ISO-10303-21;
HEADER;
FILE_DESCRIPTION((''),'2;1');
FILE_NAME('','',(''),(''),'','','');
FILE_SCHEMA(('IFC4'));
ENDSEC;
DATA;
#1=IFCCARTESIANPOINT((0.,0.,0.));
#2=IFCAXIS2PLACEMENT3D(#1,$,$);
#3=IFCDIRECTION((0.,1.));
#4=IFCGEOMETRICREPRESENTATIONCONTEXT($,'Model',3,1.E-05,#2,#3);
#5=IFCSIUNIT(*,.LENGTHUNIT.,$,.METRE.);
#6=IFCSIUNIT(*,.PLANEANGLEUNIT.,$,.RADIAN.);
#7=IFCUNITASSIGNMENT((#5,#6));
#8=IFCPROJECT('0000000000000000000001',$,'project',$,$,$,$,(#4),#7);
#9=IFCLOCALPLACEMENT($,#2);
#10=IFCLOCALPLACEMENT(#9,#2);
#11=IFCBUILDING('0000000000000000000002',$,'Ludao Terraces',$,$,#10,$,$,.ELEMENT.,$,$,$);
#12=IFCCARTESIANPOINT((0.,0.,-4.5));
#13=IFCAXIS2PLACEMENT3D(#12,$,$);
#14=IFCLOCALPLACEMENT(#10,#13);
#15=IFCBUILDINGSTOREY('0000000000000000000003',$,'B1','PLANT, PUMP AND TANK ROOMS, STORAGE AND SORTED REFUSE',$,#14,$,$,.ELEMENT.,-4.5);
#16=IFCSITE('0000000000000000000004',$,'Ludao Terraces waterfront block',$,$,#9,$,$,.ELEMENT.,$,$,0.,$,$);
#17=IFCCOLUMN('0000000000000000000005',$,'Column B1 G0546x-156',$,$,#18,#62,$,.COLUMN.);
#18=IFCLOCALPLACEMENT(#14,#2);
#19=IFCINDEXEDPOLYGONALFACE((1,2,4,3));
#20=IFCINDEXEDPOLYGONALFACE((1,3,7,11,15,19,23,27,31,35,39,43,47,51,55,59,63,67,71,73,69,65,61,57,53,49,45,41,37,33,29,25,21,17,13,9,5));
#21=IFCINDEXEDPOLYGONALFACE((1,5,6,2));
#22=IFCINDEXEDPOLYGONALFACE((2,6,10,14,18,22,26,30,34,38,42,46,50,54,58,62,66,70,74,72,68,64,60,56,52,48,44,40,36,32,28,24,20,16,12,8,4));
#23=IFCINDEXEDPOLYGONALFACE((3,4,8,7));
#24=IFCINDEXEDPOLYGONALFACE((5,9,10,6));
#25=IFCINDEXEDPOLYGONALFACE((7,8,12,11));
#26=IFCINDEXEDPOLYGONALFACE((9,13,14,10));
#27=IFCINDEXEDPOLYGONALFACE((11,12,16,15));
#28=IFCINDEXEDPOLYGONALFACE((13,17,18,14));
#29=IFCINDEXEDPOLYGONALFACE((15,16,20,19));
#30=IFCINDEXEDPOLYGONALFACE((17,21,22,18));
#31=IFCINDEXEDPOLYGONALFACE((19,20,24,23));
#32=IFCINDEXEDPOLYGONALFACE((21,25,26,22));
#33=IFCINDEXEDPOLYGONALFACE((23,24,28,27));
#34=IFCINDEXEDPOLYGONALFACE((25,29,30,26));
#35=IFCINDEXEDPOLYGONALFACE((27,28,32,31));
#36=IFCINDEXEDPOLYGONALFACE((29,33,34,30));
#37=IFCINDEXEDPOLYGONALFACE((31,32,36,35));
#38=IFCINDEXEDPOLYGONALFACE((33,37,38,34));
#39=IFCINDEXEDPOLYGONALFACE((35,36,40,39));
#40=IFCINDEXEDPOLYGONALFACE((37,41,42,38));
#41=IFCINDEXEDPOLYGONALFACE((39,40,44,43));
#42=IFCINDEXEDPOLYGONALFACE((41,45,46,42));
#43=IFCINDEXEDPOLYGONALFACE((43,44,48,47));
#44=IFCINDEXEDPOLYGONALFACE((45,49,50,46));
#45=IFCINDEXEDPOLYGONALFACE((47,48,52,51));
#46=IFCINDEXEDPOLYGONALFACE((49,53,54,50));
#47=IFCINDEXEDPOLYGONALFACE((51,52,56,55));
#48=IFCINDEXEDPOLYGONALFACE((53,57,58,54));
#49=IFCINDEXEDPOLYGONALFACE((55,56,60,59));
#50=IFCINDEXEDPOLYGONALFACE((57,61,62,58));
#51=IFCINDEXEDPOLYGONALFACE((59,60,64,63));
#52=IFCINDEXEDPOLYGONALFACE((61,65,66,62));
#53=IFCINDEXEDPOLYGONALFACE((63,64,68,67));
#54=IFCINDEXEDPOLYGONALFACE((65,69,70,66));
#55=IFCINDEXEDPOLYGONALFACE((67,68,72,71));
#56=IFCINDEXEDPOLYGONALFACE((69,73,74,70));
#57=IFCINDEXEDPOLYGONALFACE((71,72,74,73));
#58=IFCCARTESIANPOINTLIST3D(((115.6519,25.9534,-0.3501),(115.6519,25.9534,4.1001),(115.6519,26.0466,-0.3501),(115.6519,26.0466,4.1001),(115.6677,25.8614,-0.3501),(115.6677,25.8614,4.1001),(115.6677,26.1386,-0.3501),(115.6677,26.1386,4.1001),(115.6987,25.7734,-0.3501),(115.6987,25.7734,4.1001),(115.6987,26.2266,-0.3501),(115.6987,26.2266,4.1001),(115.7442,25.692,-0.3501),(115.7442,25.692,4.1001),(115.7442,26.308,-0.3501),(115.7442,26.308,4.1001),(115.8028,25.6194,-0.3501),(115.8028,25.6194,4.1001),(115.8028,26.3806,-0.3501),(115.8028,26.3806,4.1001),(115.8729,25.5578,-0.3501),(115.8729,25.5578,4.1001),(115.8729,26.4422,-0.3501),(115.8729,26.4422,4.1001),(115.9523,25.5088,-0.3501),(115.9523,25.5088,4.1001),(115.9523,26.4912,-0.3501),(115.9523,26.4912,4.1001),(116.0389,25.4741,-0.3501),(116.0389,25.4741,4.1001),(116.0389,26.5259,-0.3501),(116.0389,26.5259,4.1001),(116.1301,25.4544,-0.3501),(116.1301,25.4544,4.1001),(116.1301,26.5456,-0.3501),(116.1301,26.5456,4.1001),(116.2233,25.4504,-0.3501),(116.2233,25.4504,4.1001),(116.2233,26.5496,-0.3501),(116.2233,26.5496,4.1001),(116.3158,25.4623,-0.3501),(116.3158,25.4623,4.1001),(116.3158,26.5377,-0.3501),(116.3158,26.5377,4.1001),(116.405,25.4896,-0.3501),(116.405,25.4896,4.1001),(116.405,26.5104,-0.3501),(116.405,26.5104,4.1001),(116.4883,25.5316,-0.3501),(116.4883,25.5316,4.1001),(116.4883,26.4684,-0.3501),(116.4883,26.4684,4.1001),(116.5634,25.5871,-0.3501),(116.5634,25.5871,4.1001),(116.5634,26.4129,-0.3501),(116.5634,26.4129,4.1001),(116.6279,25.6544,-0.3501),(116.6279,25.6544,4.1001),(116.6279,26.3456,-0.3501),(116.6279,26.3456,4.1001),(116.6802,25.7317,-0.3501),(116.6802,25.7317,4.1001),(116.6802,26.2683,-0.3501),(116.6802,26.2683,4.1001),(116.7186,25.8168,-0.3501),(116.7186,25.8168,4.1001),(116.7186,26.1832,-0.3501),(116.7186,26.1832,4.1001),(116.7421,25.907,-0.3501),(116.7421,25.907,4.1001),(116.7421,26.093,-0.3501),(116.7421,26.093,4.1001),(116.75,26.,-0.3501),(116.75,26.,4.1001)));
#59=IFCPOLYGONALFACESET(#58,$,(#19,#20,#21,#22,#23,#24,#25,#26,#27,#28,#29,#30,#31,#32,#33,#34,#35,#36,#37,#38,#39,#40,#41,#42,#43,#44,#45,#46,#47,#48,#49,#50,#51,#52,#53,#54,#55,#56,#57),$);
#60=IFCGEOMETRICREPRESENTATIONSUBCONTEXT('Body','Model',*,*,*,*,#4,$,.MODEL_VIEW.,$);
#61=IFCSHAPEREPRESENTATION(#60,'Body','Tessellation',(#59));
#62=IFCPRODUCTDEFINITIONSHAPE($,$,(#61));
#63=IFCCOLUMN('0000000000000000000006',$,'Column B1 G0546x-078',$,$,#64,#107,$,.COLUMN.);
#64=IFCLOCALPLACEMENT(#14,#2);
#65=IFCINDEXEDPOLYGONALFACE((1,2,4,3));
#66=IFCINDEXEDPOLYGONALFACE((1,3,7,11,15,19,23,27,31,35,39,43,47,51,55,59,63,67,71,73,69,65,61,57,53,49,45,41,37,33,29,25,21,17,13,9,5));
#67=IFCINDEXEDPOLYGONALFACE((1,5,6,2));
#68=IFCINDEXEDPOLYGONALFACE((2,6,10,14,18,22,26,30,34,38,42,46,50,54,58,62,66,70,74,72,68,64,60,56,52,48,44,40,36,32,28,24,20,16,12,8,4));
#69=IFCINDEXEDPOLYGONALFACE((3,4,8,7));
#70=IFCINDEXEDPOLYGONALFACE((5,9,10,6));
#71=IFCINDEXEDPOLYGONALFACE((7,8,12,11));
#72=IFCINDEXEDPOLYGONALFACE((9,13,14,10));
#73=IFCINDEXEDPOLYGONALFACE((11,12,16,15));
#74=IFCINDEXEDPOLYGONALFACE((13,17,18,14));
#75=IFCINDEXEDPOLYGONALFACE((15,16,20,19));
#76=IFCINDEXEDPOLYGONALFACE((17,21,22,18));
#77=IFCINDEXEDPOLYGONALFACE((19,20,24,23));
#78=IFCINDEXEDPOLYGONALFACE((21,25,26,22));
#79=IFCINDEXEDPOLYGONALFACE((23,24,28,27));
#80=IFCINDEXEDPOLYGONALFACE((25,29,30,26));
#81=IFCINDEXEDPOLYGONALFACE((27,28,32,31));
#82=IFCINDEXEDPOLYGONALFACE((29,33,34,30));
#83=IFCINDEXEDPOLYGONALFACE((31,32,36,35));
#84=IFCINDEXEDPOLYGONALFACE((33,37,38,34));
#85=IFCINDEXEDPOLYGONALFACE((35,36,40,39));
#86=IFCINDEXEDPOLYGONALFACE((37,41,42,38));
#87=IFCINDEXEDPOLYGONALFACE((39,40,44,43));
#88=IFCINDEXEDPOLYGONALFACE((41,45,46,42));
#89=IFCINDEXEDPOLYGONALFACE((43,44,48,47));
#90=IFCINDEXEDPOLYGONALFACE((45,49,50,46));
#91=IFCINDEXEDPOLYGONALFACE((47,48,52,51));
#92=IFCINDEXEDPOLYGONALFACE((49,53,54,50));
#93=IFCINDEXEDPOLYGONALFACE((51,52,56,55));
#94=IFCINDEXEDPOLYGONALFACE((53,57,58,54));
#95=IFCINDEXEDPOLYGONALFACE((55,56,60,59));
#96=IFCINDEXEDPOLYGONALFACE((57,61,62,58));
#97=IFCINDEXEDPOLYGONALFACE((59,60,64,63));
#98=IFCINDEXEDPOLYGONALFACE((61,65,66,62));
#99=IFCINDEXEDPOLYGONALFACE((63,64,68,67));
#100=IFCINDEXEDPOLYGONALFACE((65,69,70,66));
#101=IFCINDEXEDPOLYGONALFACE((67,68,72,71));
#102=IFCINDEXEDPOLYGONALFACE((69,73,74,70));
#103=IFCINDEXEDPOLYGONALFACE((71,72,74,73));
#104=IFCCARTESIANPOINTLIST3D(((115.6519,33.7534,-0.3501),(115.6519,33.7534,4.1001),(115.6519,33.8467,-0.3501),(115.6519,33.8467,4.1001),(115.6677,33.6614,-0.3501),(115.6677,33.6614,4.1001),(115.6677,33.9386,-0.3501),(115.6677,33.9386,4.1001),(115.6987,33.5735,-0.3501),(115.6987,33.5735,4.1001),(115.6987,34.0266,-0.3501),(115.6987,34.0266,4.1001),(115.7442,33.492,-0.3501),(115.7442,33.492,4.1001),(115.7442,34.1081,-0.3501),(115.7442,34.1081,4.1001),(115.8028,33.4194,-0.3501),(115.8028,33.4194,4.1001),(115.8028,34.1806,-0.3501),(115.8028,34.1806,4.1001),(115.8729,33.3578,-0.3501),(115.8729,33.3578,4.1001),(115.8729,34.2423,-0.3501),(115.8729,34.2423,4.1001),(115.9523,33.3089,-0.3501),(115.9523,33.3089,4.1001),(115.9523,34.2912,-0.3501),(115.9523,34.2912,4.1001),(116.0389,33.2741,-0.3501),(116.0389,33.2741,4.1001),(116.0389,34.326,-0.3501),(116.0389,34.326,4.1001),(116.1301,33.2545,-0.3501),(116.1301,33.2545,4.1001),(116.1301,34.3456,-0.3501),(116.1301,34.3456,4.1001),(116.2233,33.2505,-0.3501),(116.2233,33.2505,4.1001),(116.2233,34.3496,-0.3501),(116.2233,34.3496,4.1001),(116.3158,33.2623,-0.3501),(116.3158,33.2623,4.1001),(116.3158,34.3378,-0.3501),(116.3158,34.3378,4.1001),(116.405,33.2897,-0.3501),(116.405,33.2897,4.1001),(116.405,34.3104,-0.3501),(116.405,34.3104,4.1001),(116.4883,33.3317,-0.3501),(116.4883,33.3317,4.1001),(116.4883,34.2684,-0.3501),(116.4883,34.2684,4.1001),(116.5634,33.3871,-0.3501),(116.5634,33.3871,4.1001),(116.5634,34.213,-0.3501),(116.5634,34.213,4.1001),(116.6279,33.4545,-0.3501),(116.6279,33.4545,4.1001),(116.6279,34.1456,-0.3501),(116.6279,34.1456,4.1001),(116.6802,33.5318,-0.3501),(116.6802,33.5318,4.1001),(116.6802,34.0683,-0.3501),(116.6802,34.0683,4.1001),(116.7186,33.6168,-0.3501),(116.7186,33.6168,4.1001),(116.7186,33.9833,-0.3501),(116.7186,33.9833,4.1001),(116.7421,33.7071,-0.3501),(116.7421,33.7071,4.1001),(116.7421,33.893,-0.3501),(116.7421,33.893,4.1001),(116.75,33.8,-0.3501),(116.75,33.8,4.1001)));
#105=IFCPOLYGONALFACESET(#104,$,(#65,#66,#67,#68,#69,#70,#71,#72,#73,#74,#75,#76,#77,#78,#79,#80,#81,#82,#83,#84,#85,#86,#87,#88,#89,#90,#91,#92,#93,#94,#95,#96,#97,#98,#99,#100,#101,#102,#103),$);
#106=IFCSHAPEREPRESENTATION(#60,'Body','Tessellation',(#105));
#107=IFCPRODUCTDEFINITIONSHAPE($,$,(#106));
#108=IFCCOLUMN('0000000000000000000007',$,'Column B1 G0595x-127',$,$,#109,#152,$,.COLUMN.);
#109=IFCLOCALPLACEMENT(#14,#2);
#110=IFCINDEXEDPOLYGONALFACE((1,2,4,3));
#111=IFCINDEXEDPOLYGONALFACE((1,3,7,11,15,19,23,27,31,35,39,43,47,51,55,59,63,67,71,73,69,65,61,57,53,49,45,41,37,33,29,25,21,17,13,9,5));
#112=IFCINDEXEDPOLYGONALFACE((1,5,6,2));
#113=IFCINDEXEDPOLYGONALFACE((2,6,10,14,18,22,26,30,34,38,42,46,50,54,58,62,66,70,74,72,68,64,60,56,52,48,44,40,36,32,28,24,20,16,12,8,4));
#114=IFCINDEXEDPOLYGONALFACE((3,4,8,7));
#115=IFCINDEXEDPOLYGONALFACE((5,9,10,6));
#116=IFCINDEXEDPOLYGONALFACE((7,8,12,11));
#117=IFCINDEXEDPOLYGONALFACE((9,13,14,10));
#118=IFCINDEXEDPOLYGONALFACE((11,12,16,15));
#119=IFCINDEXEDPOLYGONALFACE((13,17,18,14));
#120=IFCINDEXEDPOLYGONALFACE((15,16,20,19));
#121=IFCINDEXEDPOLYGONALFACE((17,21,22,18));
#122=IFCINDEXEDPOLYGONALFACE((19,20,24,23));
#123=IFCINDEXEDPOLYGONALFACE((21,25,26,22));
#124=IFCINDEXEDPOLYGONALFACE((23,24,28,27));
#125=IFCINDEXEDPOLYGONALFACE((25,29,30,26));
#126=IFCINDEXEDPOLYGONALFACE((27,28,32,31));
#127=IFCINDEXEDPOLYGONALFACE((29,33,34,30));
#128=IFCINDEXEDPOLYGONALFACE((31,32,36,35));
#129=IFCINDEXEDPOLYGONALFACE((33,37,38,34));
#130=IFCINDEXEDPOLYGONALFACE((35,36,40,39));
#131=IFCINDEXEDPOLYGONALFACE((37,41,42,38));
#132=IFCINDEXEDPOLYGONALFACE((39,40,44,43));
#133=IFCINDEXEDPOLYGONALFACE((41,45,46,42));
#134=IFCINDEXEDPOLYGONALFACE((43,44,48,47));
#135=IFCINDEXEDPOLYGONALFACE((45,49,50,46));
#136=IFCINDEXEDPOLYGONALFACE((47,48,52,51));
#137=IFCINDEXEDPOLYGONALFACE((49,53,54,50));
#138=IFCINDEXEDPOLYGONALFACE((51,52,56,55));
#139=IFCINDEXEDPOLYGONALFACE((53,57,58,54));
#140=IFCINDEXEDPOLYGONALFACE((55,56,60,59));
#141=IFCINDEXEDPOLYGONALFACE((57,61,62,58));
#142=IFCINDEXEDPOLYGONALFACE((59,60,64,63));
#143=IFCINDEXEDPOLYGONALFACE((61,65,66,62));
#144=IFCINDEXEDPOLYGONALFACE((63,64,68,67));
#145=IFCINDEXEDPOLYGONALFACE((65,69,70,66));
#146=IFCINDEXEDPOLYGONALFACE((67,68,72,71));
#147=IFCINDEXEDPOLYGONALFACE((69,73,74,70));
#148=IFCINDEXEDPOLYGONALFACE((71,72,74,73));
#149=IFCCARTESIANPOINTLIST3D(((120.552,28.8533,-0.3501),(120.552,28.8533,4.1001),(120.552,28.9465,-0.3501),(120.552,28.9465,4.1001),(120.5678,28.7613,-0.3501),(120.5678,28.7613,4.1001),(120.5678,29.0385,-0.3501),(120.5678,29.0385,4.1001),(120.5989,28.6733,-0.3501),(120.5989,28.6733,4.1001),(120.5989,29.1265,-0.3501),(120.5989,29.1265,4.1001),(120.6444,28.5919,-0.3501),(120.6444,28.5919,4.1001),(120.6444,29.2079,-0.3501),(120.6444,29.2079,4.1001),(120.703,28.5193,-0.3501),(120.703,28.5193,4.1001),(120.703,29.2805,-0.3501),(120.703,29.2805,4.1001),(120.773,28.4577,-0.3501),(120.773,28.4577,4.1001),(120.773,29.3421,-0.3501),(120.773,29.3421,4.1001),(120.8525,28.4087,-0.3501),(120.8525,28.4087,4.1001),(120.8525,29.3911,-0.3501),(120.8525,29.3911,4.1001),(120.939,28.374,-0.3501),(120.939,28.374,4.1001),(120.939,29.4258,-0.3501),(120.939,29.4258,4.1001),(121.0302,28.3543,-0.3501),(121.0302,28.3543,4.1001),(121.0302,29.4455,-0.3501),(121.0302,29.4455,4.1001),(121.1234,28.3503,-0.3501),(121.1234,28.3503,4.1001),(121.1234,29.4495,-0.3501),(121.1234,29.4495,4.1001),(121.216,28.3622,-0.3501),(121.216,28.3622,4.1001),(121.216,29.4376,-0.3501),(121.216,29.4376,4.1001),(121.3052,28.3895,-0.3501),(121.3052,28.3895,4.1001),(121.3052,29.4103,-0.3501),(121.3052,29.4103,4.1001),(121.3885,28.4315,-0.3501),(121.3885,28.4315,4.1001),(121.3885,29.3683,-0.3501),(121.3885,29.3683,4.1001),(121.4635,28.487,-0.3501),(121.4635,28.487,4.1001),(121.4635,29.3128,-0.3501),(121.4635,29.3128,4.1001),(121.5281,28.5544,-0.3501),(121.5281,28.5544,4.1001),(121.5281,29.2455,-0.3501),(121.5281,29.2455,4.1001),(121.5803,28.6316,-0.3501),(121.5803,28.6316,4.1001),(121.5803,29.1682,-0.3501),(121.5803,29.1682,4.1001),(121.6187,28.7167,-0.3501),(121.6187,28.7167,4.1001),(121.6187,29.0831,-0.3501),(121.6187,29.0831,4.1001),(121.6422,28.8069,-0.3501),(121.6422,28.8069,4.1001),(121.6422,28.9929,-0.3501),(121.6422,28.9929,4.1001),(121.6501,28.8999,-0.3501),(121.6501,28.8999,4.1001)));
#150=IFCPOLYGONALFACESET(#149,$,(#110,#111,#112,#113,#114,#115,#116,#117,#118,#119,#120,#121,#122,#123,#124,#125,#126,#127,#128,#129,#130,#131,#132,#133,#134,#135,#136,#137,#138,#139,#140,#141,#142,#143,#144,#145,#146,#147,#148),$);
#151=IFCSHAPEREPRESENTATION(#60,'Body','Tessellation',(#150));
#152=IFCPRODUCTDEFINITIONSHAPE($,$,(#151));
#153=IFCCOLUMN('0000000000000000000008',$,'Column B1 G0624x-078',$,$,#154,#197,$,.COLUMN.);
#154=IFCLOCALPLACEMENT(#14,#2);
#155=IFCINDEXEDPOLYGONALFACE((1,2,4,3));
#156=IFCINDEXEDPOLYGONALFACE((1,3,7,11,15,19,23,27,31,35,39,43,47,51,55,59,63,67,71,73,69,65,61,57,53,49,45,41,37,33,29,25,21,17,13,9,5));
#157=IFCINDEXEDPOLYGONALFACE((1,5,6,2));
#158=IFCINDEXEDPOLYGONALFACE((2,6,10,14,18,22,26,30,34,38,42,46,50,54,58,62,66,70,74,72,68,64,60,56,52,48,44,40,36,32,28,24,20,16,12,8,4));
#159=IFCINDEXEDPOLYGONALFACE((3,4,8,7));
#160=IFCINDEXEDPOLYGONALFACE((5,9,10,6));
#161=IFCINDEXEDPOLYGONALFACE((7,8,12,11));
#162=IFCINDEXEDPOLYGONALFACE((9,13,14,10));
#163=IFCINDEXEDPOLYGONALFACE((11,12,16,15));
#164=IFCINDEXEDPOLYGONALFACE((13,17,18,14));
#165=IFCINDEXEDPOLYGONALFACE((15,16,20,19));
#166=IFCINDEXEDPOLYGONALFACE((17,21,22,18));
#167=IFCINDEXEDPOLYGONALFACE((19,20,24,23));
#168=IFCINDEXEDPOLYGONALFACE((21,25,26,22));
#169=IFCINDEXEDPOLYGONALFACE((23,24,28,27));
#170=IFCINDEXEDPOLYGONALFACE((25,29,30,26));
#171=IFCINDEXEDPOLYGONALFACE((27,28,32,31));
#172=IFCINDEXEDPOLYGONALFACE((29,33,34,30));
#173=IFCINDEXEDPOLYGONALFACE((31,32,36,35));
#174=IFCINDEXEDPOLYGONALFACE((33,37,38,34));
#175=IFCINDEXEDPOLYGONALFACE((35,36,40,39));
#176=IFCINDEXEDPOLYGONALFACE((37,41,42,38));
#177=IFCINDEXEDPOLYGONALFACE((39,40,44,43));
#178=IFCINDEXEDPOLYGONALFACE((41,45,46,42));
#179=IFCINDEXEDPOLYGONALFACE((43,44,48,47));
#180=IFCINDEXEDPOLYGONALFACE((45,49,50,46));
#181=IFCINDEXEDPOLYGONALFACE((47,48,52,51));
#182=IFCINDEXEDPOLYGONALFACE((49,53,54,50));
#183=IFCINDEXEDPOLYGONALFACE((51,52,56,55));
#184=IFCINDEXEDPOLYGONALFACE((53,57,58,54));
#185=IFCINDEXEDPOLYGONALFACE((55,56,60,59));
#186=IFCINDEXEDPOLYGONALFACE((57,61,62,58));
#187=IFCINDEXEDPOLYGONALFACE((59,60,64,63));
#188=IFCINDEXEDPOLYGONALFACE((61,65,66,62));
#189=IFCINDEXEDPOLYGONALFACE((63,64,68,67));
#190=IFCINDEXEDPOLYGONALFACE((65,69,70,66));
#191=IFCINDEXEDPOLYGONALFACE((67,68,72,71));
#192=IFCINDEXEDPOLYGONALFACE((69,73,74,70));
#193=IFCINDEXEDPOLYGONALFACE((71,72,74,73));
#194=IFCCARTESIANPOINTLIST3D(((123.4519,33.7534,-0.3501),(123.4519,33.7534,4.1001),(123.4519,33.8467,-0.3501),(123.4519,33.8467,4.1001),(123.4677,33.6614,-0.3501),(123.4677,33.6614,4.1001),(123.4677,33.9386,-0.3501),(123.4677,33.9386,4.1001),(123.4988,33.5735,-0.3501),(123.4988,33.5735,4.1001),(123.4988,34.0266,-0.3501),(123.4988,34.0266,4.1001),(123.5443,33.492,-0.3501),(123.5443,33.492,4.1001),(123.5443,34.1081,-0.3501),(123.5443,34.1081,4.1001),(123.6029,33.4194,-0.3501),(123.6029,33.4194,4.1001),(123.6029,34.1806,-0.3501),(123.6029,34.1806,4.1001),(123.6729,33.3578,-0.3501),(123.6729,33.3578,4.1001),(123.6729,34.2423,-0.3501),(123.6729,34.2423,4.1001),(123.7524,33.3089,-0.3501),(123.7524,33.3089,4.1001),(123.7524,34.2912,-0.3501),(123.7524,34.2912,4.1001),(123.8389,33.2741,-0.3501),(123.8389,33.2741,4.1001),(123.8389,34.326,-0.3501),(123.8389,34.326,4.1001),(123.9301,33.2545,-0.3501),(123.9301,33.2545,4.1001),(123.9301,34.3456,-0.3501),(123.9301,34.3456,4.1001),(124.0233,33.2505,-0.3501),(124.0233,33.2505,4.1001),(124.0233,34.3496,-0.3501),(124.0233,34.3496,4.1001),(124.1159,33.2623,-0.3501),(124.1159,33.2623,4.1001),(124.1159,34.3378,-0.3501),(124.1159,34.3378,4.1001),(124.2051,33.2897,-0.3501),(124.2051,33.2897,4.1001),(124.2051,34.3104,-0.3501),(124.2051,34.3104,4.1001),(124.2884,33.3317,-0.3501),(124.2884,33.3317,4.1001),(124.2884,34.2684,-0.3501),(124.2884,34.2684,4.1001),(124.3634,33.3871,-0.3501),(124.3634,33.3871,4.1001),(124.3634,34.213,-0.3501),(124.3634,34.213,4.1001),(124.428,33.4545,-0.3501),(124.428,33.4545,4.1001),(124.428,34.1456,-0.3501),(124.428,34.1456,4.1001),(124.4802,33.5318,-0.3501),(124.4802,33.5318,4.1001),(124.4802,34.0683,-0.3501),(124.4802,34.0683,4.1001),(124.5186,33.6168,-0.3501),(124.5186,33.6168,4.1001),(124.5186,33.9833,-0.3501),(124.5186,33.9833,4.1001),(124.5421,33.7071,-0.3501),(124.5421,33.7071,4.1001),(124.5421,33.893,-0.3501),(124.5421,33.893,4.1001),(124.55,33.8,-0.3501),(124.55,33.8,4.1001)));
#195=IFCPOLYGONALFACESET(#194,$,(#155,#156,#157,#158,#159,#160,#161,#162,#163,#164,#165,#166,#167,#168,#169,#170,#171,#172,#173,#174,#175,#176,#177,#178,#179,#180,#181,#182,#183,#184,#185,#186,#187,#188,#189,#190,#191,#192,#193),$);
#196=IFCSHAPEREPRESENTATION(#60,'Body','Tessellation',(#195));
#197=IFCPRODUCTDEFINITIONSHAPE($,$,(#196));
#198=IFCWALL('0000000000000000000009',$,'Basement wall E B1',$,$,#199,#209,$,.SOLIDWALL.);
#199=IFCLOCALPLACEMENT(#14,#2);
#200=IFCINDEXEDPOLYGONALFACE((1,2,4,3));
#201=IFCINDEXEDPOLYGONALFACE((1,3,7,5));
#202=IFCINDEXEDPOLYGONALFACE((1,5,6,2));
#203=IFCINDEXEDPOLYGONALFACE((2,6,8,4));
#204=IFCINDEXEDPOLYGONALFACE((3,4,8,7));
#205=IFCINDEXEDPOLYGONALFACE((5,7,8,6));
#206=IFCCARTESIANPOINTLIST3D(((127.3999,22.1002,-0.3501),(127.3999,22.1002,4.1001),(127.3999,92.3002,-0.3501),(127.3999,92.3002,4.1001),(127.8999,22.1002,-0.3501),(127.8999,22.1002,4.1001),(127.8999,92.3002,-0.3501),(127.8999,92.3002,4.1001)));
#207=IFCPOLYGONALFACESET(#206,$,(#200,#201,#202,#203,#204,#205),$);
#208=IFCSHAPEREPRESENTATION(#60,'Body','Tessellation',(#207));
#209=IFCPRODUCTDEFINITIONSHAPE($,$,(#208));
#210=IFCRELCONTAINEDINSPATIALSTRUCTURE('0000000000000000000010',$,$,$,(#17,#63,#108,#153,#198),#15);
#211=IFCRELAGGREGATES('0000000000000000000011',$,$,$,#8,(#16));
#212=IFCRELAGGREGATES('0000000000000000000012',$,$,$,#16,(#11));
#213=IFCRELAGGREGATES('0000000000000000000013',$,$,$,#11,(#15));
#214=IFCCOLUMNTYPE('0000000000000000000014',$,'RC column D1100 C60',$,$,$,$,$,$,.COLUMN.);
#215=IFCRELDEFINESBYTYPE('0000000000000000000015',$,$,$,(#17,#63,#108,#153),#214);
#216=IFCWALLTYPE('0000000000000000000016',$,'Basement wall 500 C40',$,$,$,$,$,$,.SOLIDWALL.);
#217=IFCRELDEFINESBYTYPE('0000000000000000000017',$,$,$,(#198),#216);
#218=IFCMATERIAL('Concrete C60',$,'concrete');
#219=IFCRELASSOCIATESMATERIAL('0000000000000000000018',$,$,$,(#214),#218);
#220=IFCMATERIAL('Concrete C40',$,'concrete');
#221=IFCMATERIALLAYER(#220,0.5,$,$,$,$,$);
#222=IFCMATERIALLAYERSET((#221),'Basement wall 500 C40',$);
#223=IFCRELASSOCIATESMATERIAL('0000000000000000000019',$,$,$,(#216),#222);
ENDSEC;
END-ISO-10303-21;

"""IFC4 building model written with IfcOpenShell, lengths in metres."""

from ifc_helpers import new_model, si_unit, direction, frame, frame_2d, origin, origin_2d, place, context, subcontext, project, spatial, rectangle, circle, extrude, material, layer, layer_set, material_profile, profile_set, type_object, element, save


model = new_model("IFC4")

# Units and contexts
model_context = context("Model", 3, precision=1e-05, world=origin(), true_north=direction((0.0, 1.0)))
body_context = subcontext(model_context, "Body", "Model", "MODEL_VIEW")
ifc_project = project(units=[si_unit("LENGTHUNIT", "METRE"), si_unit("PLANEANGLEUNIT", "RADIAN")], contexts=[model_context])

# Site, building, storey
site_placement = place(None, origin())
site = spatial("IfcSite", under=ifc_project, at=site_placement, Name="Ludao Terraces waterfront block", CompositionType="ELEMENT", RefElevation=0.0)
building_placement = place(site_placement, origin())
building = spatial("IfcBuilding", under=site, at=building_placement, Name="Ludao Terraces", CompositionType="ELEMENT")
storey_placement = place(building_placement, frame((0.0, 0.0, -4.5)))
storey = spatial("IfcBuildingStorey", under=building, at=storey_placement, Name="B1", Description="PLANT, PUMP AND TANK ROOMS, STORAGE AND SORTED REFUSE", CompositionType="ELEMENT", Elevation=-4.5)

# Columns
ifc_material_1 = material(Name="Concrete C60", Category="concrete")
ifc_material_profile_1 = material_profile(ifc_material_1, circle(Radius=0.55, at=origin_2d()), Name="D1100")
ifc_profile_set_1 = profile_set([ifc_material_profile_1], Name="Concrete C60")
column_type_1 = type_object("IfcColumnType", Name="RC column D1100 C60", PredefinedType="COLUMN", material=ifc_profile_set_1)
for number, where, z_axis, x_axis, name in (
    (1, (116.2, 26.0, -0.3501), (0.0, 0.0, 1.0), (1.0, 0.0, 0.0), "Column B1 G0546x-156"),
    (2, (116.2, 33.8, -0.3501), (0.0, 0.0, 1.0), (1.0, 0.0, 0.0), "Column B1 G0546x-078"),
    (3, (121.1001, 28.8999, -0.3501), (0.0, 0.0, 1.0), (1.0, 0.0, 0.0), "Column B1 G0595x-127"),
    (4, (124.0, 33.8, -0.3501), (0.0, 0.0, 1.0), (1.0, 0.0, 0.0), "Column B1 G0624x-078"),
):
    element("IfcColumn", number, at=place(storey_placement, frame(where, z_axis=z_axis, x_axis=x_axis)), inside=storey, type_object=column_type_1, Name=name, PredefinedType="COLUMN", context=body_context, shape_type="SweptSolid", body=[
        extrude(circle(Radius=0.55, at=origin_2d()), origin(), (0.0, 0.0, 1.0), 4.4502),
    ])

# Wall
ifc_material_2 = material(Name="Concrete C40", Category="concrete")
ifc_layer_1 = layer(ifc_material_2, 0.5)
ifc_layer_set_1 = layer_set([ifc_layer_1], Name="Basement wall 500 C40")
wall_type_1 = type_object("IfcWallType", Name="Basement wall 500 C40", PredefinedType="SOLIDWALL", material=ifc_layer_set_1)
wall_1_placement = place(storey_placement, frame((127.6499, 22.1001, -0.3501), z_axis=(0.0, 0.0, 1.0), x_axis=(0.0, 1.0, 0.0)))
element("IfcWall", 5, at=wall_1_placement, inside=storey, type_object=wall_type_1, Name="Basement wall E B1", PredefinedType="SOLIDWALL", context=body_context, shape_type="SweptSolid", body=[
    extrude(rectangle(XDim=70.2, YDim=0.5, at=frame_2d((35.1001, 0.0))), origin(), (0.0, 0.0, 1.0), 4.4502),
])

save(model, "model.ifc")
